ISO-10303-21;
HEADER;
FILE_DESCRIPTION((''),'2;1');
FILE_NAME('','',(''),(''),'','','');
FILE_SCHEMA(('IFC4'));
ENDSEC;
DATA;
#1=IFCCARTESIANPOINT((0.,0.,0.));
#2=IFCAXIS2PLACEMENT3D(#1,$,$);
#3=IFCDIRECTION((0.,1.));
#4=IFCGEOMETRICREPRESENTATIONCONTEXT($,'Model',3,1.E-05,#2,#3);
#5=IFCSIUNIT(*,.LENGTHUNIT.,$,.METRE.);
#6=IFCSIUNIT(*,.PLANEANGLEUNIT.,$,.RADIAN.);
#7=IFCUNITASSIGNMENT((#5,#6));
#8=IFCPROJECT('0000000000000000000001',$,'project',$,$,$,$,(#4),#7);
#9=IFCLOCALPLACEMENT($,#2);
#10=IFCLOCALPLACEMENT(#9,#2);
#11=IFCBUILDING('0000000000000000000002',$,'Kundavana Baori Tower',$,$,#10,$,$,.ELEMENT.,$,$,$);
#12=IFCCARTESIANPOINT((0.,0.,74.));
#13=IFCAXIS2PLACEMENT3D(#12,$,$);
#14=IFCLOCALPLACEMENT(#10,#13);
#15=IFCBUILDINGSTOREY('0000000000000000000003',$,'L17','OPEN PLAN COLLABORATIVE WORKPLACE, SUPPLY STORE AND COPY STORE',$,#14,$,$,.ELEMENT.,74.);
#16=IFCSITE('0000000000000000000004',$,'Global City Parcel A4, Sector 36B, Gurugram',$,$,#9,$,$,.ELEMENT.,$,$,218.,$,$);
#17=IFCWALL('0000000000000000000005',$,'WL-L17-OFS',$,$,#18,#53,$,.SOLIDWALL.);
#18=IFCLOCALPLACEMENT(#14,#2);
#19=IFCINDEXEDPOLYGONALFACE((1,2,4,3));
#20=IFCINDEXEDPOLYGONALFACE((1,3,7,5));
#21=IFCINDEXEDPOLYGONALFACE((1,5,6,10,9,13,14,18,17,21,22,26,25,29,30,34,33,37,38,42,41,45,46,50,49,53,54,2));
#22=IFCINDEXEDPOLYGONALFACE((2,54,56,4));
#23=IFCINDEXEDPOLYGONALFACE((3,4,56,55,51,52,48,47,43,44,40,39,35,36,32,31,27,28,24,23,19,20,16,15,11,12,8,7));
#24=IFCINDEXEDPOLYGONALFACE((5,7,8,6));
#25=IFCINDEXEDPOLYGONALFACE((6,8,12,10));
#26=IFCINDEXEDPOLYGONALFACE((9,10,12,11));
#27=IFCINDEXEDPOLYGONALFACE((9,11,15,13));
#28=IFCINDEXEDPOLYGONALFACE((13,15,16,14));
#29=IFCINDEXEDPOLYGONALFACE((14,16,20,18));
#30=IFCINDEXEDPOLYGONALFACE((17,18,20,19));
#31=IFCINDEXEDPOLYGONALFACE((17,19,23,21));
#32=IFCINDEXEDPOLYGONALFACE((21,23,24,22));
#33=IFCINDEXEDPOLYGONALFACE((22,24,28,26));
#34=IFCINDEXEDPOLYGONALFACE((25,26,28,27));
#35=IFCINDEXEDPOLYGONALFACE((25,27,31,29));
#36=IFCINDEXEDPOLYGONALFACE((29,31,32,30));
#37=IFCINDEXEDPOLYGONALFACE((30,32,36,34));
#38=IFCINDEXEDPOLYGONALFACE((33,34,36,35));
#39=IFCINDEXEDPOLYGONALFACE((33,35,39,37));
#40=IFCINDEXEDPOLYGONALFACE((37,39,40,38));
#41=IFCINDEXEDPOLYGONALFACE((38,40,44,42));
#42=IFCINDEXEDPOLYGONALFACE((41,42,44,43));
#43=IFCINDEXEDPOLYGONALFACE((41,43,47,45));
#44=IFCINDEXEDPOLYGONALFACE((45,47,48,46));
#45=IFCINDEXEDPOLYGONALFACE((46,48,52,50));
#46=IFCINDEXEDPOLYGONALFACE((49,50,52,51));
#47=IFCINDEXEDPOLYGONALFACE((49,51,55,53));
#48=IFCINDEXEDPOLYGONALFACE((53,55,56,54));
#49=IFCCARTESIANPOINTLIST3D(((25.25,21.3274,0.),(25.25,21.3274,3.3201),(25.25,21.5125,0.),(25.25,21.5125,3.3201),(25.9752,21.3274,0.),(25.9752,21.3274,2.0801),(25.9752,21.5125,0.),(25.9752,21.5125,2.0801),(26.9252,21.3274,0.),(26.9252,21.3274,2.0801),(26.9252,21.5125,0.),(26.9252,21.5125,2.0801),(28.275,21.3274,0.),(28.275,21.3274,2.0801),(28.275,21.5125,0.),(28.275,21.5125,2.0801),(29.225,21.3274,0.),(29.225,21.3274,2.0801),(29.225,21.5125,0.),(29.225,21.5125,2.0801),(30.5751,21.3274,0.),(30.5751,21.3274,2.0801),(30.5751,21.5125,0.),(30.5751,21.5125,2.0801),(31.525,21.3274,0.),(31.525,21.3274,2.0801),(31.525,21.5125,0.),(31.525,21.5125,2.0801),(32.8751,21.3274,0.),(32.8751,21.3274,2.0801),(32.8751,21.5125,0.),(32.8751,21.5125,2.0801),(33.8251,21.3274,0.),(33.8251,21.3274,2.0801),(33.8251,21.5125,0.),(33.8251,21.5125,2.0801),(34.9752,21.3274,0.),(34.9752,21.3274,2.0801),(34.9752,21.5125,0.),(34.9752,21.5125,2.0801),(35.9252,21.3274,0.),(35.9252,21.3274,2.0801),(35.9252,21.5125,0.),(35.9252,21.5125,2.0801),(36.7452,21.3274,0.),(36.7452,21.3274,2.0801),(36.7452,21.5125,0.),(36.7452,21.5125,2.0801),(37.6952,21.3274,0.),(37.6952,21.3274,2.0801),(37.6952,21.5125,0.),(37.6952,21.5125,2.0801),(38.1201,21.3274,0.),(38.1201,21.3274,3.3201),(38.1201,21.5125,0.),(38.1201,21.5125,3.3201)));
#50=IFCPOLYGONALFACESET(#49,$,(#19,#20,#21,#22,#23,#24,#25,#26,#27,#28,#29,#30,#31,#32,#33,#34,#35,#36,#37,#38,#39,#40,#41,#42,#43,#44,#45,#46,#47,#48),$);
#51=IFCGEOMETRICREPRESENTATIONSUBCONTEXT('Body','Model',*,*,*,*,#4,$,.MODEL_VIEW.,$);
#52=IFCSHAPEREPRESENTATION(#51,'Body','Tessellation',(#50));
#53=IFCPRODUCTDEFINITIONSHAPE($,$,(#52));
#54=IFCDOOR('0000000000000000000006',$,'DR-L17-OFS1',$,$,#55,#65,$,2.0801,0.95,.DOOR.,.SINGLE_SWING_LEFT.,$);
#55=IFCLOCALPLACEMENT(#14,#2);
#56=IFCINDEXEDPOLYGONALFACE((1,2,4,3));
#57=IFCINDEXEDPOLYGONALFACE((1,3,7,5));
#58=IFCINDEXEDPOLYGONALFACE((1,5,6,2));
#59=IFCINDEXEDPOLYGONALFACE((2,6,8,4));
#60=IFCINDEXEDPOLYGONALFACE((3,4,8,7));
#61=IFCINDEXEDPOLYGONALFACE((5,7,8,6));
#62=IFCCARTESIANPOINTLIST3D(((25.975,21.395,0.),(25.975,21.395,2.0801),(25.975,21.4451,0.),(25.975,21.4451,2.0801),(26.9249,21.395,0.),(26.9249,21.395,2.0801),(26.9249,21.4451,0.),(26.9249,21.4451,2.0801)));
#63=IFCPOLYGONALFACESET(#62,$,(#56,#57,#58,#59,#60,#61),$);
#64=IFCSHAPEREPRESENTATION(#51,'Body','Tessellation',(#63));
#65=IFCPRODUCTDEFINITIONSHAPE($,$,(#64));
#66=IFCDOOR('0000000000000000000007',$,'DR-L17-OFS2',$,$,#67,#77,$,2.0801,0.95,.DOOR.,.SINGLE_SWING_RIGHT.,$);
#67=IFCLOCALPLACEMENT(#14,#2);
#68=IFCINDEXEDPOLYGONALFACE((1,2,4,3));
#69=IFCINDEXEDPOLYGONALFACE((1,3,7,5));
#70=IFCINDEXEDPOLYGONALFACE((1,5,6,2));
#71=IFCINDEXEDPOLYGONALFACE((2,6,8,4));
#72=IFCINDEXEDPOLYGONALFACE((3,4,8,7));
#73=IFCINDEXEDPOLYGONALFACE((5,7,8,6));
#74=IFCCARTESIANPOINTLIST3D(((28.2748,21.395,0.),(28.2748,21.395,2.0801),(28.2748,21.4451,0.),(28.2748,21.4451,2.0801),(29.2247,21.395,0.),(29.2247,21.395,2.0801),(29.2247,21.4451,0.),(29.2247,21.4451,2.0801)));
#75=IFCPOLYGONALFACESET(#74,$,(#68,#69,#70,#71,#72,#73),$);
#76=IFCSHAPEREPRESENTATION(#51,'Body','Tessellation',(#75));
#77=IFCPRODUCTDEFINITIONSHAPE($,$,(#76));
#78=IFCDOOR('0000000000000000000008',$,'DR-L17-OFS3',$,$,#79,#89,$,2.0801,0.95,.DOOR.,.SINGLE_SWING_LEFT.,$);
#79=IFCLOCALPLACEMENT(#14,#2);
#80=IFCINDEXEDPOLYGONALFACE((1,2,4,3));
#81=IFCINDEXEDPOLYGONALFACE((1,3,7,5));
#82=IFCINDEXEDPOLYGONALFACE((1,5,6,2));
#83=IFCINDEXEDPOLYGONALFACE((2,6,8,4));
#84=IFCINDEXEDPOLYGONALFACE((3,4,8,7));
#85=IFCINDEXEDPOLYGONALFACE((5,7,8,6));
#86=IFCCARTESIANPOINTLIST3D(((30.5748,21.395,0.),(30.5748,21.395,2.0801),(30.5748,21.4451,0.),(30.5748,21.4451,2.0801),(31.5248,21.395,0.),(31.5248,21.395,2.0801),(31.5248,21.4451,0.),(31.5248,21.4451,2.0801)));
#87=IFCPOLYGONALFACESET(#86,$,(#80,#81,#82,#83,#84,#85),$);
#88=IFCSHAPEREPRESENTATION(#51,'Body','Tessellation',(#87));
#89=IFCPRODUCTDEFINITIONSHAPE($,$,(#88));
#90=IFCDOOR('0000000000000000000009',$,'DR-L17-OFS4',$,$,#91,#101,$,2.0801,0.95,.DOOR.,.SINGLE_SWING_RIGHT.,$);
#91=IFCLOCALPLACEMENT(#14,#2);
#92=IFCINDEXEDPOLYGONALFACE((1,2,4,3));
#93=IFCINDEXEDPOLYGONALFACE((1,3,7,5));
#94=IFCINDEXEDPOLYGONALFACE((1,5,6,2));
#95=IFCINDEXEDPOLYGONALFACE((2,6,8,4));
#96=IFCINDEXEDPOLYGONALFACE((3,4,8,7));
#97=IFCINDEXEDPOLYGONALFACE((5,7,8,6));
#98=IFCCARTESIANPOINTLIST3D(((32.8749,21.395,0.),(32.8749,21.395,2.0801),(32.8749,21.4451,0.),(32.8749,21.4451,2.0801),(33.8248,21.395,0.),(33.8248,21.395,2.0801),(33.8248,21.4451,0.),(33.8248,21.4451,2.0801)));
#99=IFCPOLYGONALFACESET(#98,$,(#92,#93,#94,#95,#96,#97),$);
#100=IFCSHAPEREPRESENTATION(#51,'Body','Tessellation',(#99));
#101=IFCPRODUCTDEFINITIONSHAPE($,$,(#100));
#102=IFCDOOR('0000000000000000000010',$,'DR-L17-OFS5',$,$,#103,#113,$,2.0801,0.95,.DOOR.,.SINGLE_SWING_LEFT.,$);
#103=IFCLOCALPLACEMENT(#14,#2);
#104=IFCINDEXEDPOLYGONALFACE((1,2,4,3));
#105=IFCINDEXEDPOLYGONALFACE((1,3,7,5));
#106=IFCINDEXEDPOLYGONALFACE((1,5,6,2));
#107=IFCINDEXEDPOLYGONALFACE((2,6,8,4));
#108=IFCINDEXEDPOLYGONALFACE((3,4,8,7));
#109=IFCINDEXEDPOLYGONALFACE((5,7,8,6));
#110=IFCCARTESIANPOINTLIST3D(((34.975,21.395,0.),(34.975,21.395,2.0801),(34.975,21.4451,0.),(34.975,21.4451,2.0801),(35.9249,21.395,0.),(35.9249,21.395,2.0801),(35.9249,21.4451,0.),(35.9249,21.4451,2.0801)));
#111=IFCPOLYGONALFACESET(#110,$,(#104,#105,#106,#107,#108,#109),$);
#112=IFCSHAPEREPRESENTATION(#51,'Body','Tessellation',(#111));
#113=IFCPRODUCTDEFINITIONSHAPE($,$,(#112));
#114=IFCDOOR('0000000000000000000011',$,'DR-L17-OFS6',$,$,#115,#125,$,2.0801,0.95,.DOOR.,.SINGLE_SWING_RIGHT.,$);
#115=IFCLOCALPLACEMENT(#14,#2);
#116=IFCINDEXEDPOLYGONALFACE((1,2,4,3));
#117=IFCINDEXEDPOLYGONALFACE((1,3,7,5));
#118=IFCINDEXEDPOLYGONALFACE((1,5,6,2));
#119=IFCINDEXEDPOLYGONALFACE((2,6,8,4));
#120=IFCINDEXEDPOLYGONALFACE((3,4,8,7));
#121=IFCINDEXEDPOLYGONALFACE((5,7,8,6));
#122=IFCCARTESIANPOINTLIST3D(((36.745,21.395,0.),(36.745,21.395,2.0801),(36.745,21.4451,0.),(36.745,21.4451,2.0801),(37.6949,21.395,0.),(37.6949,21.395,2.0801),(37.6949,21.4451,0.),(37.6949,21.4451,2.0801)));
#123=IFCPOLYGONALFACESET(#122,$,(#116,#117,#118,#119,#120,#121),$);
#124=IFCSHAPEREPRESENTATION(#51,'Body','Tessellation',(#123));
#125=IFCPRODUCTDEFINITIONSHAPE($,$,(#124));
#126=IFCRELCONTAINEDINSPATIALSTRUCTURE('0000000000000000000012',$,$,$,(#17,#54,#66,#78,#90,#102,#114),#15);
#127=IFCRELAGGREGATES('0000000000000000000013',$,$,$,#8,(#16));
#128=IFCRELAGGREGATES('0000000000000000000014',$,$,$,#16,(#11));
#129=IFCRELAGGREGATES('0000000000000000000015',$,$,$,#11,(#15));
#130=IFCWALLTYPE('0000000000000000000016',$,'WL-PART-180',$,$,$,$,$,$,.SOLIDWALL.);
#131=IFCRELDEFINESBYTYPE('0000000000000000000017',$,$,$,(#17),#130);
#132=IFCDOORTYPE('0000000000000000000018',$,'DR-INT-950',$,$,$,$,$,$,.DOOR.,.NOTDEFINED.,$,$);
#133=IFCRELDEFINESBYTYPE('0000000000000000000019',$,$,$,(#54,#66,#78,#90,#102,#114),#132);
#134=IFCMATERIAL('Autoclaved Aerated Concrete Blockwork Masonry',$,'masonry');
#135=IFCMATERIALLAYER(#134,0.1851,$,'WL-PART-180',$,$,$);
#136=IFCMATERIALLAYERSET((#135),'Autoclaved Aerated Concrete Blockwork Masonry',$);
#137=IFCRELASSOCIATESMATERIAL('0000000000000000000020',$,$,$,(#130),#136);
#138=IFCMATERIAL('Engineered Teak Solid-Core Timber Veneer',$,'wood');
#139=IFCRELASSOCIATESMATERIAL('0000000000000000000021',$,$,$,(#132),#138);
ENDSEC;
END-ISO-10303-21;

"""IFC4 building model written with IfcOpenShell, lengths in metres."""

from ifc_helpers import new_model, si_unit, direction, frame, frame_2d, origin, place, context, subcontext, project, spatial, rectangle, extrude, material, layer, layer_set, type_object, element, fill, save


model = new_model("IFC4")

# Units and contexts
model_context = context("Model", 3, precision=1e-05, world=origin(), true_north=direction((0.0, 1.0)))
body_context = subcontext(model_context, "Body", "Model", "MODEL_VIEW")
ifc_project = project(units=[si_unit("LENGTHUNIT", "METRE"), si_unit("PLANEANGLEUNIT", "RADIAN")], contexts=[model_context])

# Site, building, storey
site_placement = place(None, origin())
site = spatial("IfcSite", under=ifc_project, at=site_placement, Name="Global City Parcel A4, Sector 36B, Gurugram", CompositionType="ELEMENT", RefElevation=218.0)
building_placement = place(site_placement, origin())
building = spatial("IfcBuilding", under=site, at=building_placement, Name="Kundavana Baori Tower", CompositionType="ELEMENT")
storey_placement = place(building_placement, frame((0.0, 0.0, 74.0)))
storey = spatial("IfcBuildingStorey", under=building, at=storey_placement, Name="L17", Description="OPEN PLAN COLLABORATIVE WORKPLACE, SUPPLY STORE AND COPY STORE", CompositionType="ELEMENT", Elevation=74.0)

# Wall, openings, doors
ifc_material_1 = material(Name="Autoclaved Aerated Concrete Blockwork Masonry", Category="masonry")
ifc_layer = layer(ifc_material_1, 0.1851, Name="WL-PART-180")
ifc_layer_set = layer_set([ifc_layer], Name="Autoclaved Aerated Concrete Blockwork Masonry")
wall_type = type_object("IfcWallType", Name="WL-PART-180", PredefinedType="SOLIDWALL", material=ifc_layer_set)
wall_placement = place(storey_placement, frame((25.25, 21.4199, 0.0), z_axis=(0.0, 0.0, 1.0), x_axis=(1.0, 0.0, 0.0)))
wall = element("IfcWall", 1, at=wall_placement, inside=storey, type_object=wall_type, Name="WL-L17-OFS", PredefinedType="SOLIDWALL", context=body_context, shape_type="SweptSolid", body=[
    extrude(rectangle(XDim=12.8701, YDim=0.1851, at=frame_2d((6.4351, 0.0))), origin(), (0.0, 0.0, 1.0), 3.3201),
])
opening_1_placement = place(wall_placement, frame((0.7251, 0.0, 0.0)))
opening_1 = element("IfcOpeningElement", 2, at=opening_1_placement, cuts=wall, PredefinedType="OPENING", context=body_context, shape_type="SweptSolid", body=[
    extrude(rectangle(XDim=0.95, YDim=2.0801, at=frame_2d((0.4751, 1.04))), frame((0.0, 0.1025, 0.0), z_axis=(0.0, -1.0, 0.0), x_axis=(1.0, 0.0, 0.0)), (0.0, 0.0, 1.0), 0.2051),
])
opening_2_placement = place(wall_placement, frame((3.0249, 0.0, 0.0)))
opening_2 = element("IfcOpeningElement", 3, at=opening_2_placement, cuts=wall, PredefinedType="OPENING", context=body_context, shape_type="SweptSolid", body=[
    extrude(rectangle(XDim=0.95, YDim=2.0801, at=frame_2d((0.4751, 1.04))), frame((0.0, 0.1025, 0.0), z_axis=(0.0, -1.0, 0.0), x_axis=(1.0, 0.0, 0.0)), (0.0, 0.0, 1.0), 0.2051),
])
opening_3_placement = place(wall_placement, frame((5.325, 0.0, 0.0)))
opening_3 = element("IfcOpeningElement", 4, at=opening_3_placement, cuts=wall, PredefinedType="OPENING", context=body_context, shape_type="SweptSolid", body=[
    extrude(rectangle(XDim=0.95, YDim=2.0801, at=frame_2d((0.4751, 1.04))), frame((0.0, 0.1025, 0.0), z_axis=(0.0, -1.0, 0.0), x_axis=(1.0, 0.0, 0.0)), (0.0, 0.0, 1.0), 0.2051),
])
opening_4_placement = place(wall_placement, frame((7.625, 0.0, 0.0)))
opening_4 = element("IfcOpeningElement", 5, at=opening_4_placement, cuts=wall, PredefinedType="OPENING", context=body_context, shape_type="SweptSolid", body=[
    extrude(rectangle(XDim=0.95, YDim=2.0801, at=frame_2d((0.4751, 1.04))), frame((0.0, 0.1025, 0.0), z_axis=(0.0, -1.0, 0.0), x_axis=(1.0, 0.0, 0.0)), (0.0, 0.0, 1.0), 0.2051),
])
opening_5_placement = place(wall_placement, frame((9.7251, 0.0, 0.0)))
opening_5 = element("IfcOpeningElement", 6, at=opening_5_placement, cuts=wall, PredefinedType="OPENING", context=body_context, shape_type="SweptSolid", body=[
    extrude(rectangle(XDim=0.95, YDim=2.0801, at=frame_2d((0.4751, 1.04))), frame((0.0, 0.1025, 0.0), z_axis=(0.0, -1.0, 0.0), x_axis=(1.0, 0.0, 0.0)), (0.0, 0.0, 1.0), 0.2051),
])
opening_6_placement = place(wall_placement, frame((11.4951, 0.0, 0.0)))
opening_6 = element("IfcOpeningElement", 7, at=opening_6_placement, cuts=wall, PredefinedType="OPENING", context=body_context, shape_type="SweptSolid", body=[
    extrude(rectangle(XDim=0.95, YDim=2.0801, at=frame_2d((0.4751, 1.04))), frame((0.0, 0.1025, 0.0), z_axis=(0.0, -1.0, 0.0), x_axis=(1.0, 0.0, 0.0)), (0.0, 0.0, 1.0), 0.2051),
])
ifc_material_2 = material(Name="Engineered Teak Solid-Core Timber Veneer", Category="wood")
door_type = type_object("IfcDoorType", Name="DR-INT-950", OperationType="NOTDEFINED", PredefinedType="DOOR", material=ifc_material_2)
door_1_placement = place(opening_1_placement, frame((0.95, 0.0, 0.0), z_axis=(0.0, 0.0, 1.0), x_axis=(-1.0, 0.0, 0.0)))
door_1 = element("IfcDoor", 8, at=door_1_placement, inside=storey, type_object=door_type, Name="DR-L17-OFS1", OperationType="SINGLE_SWING_LEFT", OverallHeight=2.0801, OverallWidth=0.95, PredefinedType="DOOR", context=body_context, shape_type="SweptSolid", body=[
    extrude(rectangle(XDim=0.95, YDim=2.0801, at=frame_2d((0.4751, 1.04))), frame((0.0, 0.0249, 0.0), z_axis=(0.0, -1.0, 0.0), x_axis=(1.0, 0.0, 0.0)), (0.0, 0.0, 1.0), 0.05),
])
fill(opening_1, door_1)
door_2_placement = place(opening_2_placement, frame((0.95, 0.0, 0.0), z_axis=(0.0, 0.0, 1.0), x_axis=(-1.0, 0.0, 0.0)))
door_2 = element("IfcDoor", 9, at=door_2_placement, inside=storey, type_object=door_type, Name="DR-L17-OFS2", OperationType="SINGLE_SWING_RIGHT", OverallHeight=2.0801, OverallWidth=0.95, PredefinedType="DOOR", context=body_context, shape_type="SweptSolid", body=[
    extrude(rectangle(XDim=0.95, YDim=2.0801, at=frame_2d((0.4751, 1.04))), frame((0.0, 0.0249, 0.0), z_axis=(0.0, -1.0, 0.0), x_axis=(1.0, 0.0, 0.0)), (0.0, 0.0, 1.0), 0.05),
])
fill(opening_2, door_2)
door_3_placement = place(opening_3_placement, frame((0.95, 0.0, 0.0), z_axis=(0.0, 0.0, 1.0), x_axis=(-1.0, 0.0, 0.0)))
door_3 = element("IfcDoor", 10, at=door_3_placement, inside=storey, type_object=door_type, Name="DR-L17-OFS3", OperationType="SINGLE_SWING_LEFT", OverallHeight=2.0801, OverallWidth=0.95, PredefinedType="DOOR", context=body_context, shape_type="SweptSolid", body=[
    extrude(rectangle(XDim=0.95, YDim=2.0801, at=frame_2d((0.4751, 1.04))), frame((0.0, 0.0249, 0.0), z_axis=(0.0, -1.0, 0.0), x_axis=(1.0, 0.0, 0.0)), (0.0, 0.0, 1.0), 0.05),
])
fill(opening_3, door_3)
door_4_placement = place(opening_4_placement, frame((0.95, 0.0, 0.0), z_axis=(0.0, 0.0, 1.0), x_axis=(-1.0, 0.0, 0.0)))
door_4 = element("IfcDoor", 11, at=door_4_placement, inside=storey, type_object=door_type, Name="DR-L17-OFS4", OperationType="SINGLE_SWING_RIGHT", OverallHeight=2.0801, OverallWidth=0.95, PredefinedType="DOOR", context=body_context, shape_type="SweptSolid", body=[
    extrude(rectangle(XDim=0.95, YDim=2.0801, at=frame_2d((0.4751, 1.04))), frame((0.0, 0.0249, 0.0), z_axis=(0.0, -1.0, 0.0), x_axis=(1.0, 0.0, 0.0)), (0.0, 0.0, 1.0), 0.05),
])
fill(opening_4, door_4)
door_5_placement = place(opening_5_placement, frame((0.95, 0.0, 0.0), z_axis=(0.0, 0.0, 1.0), x_axis=(-1.0, 0.0, 0.0)))
door_5 = element("IfcDoor", 12, at=door_5_placement, inside=storey, type_object=door_type, Name="DR-L17-OFS5", OperationType="SINGLE_SWING_LEFT", OverallHeight=2.0801, OverallWidth=0.95, PredefinedType="DOOR", context=body_context, shape_type="SweptSolid", body=[
    extrude(rectangle(XDim=0.95, YDim=2.0801, at=frame_2d((0.4751, 1.04))), frame((0.0, 0.0249, 0.0), z_axis=(0.0, -1.0, 0.0), x_axis=(1.0, 0.0, 0.0)), (0.0, 0.0, 1.0), 0.05),
])
fill(opening_5, door_5)
door_6_placement = place(opening_6_placement, frame((0.95, 0.0, 0.0), z_axis=(0.0, 0.0, 1.0), x_axis=(-1.0, 0.0, 0.0)))
door_6 = element("IfcDoor", 13, at=door_6_placement, inside=storey, type_object=door_type, Name="DR-L17-OFS6", OperationType="SINGLE_SWING_RIGHT", OverallHeight=2.0801, OverallWidth=0.95, PredefinedType="DOOR", context=body_context, shape_type="SweptSolid", body=[
    extrude(rectangle(XDim=0.95, YDim=2.0801, at=frame_2d((0.4751, 1.04))), frame((0.0, 0.0249, 0.0), z_axis=(0.0, -1.0, 0.0), x_axis=(1.0, 0.0, 0.0)), (0.0, 0.0, 1.0), 0.05),
])
fill(opening_6, door_6)

save(model, "model.ifc")
